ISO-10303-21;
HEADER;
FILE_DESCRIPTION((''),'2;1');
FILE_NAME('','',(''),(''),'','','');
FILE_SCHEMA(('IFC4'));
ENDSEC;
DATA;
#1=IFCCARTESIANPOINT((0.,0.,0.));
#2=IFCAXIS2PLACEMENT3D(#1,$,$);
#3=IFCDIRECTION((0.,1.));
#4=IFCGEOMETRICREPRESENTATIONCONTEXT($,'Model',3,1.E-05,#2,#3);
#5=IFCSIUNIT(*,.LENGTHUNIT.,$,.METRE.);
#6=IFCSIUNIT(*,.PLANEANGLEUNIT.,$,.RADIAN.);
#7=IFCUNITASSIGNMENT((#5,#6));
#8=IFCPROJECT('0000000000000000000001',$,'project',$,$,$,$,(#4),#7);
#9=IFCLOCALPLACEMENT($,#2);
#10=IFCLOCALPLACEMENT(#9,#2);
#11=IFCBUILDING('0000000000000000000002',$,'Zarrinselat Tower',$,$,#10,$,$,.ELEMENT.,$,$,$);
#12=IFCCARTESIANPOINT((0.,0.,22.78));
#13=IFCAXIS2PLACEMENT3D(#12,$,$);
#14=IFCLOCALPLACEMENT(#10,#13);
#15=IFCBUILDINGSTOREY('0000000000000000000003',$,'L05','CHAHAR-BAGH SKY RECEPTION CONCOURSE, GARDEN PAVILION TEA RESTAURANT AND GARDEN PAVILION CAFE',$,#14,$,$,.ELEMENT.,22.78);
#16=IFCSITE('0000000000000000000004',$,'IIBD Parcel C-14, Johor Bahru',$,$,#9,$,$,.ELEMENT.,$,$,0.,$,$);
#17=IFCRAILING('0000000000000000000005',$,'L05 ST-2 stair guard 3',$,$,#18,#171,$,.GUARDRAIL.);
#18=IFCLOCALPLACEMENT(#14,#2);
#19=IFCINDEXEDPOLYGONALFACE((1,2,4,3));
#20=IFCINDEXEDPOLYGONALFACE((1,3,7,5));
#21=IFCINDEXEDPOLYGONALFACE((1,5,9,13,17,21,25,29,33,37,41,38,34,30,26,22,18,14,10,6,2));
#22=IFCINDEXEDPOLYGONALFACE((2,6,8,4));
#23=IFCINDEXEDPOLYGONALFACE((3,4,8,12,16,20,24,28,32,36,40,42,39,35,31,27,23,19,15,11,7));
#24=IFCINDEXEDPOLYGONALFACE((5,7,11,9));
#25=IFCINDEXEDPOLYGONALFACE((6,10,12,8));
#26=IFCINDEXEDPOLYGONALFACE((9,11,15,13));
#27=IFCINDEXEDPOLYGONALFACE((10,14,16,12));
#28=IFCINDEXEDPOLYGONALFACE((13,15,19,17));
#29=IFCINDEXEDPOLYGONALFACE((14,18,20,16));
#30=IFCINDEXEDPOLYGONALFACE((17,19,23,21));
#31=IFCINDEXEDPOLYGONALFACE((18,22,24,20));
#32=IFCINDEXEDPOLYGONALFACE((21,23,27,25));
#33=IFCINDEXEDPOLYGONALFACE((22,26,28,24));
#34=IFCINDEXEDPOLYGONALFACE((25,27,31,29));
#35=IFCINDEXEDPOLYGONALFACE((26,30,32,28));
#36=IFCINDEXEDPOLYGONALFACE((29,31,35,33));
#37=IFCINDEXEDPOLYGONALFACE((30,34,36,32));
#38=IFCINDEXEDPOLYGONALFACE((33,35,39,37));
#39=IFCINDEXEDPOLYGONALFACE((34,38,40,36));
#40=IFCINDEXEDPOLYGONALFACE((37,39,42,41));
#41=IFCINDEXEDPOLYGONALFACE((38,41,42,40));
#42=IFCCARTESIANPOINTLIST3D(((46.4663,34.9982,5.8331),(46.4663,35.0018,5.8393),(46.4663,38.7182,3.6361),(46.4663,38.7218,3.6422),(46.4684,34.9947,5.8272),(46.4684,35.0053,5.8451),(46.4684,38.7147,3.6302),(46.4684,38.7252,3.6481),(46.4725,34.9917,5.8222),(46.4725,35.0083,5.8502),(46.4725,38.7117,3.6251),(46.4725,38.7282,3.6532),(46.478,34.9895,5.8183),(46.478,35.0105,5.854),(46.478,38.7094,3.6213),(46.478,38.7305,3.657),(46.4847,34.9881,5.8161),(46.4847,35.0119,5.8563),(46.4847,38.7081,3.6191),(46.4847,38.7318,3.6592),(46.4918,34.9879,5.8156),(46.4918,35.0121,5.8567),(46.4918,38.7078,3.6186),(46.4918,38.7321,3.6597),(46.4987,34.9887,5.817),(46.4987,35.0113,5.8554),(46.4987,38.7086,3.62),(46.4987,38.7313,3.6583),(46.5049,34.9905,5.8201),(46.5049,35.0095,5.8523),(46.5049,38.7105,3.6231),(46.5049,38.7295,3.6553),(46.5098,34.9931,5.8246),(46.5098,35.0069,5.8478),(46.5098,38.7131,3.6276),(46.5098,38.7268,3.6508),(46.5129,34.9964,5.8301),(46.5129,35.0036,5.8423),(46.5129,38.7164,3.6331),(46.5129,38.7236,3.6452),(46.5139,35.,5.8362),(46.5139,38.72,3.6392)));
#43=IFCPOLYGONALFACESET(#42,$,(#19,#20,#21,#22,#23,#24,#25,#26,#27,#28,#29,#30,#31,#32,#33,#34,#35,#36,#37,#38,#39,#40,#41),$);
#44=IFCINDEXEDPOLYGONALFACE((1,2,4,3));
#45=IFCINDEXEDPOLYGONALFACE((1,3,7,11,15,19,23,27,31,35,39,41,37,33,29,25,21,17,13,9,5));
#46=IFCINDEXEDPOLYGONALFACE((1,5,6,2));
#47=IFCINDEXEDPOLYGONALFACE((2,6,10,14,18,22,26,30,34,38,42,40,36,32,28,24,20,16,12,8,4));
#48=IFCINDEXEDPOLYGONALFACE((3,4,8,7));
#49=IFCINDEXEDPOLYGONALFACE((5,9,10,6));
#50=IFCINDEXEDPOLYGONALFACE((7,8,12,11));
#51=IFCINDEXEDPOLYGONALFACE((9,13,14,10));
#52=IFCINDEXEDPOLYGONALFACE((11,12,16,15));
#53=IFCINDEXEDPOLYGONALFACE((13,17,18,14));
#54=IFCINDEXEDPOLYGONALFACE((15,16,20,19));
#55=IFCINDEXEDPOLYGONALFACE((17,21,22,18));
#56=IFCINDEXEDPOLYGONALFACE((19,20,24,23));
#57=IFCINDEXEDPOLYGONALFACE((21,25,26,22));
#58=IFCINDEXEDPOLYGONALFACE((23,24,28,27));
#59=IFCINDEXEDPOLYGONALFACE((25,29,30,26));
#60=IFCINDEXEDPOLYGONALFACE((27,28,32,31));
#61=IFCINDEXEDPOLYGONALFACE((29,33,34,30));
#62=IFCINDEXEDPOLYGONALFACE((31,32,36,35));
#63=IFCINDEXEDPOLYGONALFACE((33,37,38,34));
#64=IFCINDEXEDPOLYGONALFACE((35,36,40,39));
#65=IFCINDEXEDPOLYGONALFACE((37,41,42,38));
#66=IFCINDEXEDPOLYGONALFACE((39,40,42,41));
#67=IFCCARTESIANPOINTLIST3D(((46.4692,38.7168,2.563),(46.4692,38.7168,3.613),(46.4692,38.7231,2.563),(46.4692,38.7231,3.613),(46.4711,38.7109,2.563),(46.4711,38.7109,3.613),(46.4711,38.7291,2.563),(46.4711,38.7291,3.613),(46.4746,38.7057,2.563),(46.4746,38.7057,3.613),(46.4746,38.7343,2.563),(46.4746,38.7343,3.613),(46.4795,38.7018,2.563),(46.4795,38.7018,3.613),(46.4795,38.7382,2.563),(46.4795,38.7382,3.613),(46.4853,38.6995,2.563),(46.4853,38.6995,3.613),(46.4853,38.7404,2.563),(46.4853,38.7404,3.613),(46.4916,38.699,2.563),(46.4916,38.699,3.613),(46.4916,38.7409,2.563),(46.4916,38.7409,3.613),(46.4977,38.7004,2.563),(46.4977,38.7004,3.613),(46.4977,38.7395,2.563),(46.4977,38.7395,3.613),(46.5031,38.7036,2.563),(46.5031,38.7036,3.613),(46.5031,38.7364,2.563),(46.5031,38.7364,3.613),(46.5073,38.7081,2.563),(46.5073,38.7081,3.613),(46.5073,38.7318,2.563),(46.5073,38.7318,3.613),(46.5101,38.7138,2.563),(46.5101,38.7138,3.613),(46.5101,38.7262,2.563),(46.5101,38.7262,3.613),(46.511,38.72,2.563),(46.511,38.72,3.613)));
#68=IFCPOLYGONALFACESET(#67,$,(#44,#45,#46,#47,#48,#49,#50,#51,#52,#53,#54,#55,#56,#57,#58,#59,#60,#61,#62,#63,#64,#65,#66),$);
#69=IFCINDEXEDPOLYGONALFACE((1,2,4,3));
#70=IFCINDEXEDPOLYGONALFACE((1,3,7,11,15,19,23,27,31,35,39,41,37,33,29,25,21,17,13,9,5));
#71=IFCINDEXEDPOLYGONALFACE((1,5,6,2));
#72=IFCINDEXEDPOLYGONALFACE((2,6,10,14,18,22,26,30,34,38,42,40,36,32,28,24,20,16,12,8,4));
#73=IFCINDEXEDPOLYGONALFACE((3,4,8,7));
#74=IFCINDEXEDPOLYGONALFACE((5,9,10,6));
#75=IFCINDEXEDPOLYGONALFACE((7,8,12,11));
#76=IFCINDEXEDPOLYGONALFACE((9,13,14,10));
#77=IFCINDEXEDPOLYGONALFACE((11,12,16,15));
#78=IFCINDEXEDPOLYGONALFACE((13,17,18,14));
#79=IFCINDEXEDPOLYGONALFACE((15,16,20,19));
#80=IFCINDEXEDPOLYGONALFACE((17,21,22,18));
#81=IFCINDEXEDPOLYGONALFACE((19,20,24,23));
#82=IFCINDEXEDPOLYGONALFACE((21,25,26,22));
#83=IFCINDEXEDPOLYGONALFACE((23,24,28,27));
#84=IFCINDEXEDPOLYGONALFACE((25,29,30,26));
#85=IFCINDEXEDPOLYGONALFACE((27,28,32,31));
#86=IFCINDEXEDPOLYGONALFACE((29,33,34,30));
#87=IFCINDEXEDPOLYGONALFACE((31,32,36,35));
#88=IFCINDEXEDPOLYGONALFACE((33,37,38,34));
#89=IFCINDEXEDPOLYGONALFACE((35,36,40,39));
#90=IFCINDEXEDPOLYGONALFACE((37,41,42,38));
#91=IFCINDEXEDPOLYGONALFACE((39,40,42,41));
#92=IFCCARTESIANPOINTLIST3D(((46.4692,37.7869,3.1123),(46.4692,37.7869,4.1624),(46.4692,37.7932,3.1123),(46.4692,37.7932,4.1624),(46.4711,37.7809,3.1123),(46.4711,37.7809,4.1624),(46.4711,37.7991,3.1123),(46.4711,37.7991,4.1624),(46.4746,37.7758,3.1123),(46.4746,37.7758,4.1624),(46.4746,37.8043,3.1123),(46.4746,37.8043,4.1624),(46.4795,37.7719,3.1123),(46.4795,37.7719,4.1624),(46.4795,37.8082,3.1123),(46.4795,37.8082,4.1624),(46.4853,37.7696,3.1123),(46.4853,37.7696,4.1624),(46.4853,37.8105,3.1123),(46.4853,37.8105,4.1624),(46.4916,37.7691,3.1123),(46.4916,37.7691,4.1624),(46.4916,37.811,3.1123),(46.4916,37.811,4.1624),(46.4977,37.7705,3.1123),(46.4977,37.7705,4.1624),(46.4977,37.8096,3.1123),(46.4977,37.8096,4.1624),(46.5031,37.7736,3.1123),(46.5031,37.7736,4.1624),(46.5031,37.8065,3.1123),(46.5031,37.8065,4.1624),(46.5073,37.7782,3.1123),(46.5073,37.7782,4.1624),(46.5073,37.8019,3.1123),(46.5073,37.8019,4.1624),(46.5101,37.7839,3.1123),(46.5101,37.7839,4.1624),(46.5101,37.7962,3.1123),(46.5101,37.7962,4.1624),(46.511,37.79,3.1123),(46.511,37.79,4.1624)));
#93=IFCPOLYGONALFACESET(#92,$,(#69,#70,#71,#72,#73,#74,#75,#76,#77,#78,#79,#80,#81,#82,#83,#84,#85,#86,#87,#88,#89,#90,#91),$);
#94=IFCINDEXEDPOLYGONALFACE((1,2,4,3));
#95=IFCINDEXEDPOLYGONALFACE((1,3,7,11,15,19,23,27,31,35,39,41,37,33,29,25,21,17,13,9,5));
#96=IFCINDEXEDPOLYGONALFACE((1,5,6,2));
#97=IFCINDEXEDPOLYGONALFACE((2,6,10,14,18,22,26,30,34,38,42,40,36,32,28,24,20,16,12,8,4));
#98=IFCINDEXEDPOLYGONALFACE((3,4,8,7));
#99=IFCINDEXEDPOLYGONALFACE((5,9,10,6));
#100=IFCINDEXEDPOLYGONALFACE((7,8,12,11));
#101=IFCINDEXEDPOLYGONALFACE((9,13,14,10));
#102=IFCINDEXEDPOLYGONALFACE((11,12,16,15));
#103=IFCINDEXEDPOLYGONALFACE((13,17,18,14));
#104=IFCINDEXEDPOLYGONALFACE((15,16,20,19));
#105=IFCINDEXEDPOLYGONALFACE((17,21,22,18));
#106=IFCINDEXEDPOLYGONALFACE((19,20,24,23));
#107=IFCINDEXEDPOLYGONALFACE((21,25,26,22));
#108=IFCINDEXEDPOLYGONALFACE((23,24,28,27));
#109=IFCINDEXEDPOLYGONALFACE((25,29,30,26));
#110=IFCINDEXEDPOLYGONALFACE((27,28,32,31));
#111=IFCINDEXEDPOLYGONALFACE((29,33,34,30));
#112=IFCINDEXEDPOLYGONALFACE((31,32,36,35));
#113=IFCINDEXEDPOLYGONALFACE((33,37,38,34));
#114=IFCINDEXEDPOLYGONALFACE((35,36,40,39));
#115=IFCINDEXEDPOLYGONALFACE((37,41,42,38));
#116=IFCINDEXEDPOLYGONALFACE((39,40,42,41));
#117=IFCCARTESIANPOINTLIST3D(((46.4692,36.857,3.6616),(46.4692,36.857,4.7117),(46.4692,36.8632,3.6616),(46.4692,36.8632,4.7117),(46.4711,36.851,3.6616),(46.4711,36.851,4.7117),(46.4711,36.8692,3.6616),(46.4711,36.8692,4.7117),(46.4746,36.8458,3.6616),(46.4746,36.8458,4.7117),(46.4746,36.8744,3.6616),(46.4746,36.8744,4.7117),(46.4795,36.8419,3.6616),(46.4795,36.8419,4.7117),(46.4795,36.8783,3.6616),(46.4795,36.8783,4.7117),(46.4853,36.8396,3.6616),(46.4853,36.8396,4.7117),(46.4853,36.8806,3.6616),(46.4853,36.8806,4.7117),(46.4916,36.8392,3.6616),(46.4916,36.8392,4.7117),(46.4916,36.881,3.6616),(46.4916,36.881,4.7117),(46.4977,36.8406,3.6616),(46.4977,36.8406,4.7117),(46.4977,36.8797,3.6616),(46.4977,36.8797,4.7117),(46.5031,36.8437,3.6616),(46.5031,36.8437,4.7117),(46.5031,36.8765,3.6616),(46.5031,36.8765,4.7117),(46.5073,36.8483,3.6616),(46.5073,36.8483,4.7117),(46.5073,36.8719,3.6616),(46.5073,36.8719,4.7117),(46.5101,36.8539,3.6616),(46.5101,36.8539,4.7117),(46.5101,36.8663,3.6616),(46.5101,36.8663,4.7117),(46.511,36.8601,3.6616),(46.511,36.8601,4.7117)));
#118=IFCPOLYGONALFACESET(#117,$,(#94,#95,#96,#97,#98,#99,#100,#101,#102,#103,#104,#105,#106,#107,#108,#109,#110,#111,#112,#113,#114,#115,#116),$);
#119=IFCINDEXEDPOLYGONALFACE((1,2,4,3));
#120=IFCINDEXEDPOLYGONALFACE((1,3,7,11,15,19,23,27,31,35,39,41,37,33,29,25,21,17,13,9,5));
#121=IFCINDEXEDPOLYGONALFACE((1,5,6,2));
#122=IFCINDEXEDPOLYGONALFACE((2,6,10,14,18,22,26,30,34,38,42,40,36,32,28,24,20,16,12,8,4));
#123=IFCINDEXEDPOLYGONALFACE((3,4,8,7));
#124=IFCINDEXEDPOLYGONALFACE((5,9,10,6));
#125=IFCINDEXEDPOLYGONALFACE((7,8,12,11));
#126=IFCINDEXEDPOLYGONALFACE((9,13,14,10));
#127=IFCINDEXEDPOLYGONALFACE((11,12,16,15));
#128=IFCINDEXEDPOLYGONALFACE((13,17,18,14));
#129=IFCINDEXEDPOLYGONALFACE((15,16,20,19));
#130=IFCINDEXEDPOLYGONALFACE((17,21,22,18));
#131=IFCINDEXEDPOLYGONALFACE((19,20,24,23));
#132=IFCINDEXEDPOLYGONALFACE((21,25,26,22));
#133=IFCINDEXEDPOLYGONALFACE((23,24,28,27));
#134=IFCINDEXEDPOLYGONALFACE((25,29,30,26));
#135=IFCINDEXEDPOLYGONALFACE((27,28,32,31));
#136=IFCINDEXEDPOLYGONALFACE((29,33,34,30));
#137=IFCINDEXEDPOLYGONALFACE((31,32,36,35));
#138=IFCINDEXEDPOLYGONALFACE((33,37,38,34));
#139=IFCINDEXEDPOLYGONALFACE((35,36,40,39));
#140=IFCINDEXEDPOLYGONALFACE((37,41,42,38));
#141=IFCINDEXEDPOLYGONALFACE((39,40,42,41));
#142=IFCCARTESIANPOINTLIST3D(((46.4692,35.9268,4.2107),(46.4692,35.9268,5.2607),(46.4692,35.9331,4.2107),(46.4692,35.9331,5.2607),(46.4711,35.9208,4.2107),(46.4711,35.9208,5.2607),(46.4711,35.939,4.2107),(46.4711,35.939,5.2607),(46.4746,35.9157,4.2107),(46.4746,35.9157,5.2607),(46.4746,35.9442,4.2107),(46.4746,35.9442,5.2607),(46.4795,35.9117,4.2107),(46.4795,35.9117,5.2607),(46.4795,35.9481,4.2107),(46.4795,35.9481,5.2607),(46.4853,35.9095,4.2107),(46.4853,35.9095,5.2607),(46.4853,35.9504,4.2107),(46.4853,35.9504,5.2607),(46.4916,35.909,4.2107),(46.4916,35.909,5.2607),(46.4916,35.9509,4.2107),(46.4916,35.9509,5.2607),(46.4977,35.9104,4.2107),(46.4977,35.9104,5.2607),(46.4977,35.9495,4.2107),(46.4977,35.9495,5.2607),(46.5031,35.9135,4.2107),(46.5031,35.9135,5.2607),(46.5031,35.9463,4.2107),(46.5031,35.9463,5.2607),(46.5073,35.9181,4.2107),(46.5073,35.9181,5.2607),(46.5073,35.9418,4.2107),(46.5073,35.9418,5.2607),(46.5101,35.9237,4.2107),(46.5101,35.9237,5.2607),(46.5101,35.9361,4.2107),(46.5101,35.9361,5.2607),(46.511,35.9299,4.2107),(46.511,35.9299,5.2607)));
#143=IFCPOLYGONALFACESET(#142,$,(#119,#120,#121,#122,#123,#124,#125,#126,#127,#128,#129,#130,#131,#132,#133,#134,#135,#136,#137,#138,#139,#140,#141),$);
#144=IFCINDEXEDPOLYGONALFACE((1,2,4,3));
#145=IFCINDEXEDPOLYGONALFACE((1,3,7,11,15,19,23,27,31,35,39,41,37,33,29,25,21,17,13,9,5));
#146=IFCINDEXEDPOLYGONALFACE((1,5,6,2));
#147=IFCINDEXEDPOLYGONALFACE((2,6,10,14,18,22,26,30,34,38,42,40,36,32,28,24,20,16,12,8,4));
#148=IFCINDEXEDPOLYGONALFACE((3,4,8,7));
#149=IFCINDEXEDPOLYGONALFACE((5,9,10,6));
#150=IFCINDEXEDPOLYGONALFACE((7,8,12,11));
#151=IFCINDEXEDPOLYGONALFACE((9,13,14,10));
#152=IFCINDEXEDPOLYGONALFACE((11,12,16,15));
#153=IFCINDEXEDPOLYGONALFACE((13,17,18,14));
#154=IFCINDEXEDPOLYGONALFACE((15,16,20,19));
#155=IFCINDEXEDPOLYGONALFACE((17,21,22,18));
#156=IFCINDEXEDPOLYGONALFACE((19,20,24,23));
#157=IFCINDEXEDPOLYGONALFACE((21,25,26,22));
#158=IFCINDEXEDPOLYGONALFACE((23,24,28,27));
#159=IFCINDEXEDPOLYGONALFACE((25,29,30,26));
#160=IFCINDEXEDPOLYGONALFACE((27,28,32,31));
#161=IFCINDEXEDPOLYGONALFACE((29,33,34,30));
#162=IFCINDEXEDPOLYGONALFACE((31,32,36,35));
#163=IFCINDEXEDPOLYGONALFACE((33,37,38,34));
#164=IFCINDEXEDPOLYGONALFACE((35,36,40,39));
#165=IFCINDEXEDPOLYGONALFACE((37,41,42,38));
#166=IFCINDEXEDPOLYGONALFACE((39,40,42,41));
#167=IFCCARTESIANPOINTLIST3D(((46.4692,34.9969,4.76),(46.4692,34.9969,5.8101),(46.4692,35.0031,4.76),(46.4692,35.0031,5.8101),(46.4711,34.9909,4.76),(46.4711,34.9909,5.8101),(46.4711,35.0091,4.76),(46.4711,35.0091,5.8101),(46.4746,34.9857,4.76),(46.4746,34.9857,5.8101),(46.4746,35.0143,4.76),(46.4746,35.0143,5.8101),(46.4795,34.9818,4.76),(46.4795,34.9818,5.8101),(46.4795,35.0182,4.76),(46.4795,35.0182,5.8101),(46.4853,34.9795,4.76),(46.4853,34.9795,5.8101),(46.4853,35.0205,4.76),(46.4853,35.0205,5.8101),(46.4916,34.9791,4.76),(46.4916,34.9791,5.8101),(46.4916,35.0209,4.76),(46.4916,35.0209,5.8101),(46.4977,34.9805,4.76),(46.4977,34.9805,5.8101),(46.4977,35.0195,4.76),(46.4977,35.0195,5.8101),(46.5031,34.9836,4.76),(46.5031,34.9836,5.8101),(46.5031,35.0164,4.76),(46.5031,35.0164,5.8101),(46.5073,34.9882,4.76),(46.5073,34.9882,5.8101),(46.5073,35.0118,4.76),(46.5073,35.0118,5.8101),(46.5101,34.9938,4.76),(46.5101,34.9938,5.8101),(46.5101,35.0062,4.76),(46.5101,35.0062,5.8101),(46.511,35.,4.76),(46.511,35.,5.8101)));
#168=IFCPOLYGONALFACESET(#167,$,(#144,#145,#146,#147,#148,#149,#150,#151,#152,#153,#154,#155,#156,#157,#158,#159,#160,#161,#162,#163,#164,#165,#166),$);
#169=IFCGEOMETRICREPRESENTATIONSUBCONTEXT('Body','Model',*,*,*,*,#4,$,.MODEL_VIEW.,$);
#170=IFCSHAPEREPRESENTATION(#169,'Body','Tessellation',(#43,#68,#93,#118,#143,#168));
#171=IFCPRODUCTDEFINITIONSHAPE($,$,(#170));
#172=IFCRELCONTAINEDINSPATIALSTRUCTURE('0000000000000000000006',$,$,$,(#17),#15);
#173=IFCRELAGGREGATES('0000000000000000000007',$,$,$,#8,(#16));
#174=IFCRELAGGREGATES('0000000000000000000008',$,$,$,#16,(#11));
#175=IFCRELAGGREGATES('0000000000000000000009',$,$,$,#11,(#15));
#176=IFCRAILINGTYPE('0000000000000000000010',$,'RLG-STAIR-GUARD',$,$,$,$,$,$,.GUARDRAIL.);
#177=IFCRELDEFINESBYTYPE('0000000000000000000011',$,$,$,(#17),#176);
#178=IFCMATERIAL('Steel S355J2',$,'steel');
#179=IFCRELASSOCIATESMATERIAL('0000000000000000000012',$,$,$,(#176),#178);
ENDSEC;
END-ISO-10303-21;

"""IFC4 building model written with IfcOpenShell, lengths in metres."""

from ifc_helpers import new_model, si_unit, direction, frame, origin, origin_2d, place, context, subcontext, project, spatial, circle, extrude, material, type_object, element, save


model = new_model("IFC4")

# Units and contexts
model_context = context("Model", 3, precision=1e-05, world=origin(), true_north=direction((0.0, 1.0)))
body_context = subcontext(model_context, "Body", "Model", "MODEL_VIEW")
ifc_project = project(units=[si_unit("LENGTHUNIT", "METRE"), si_unit("PLANEANGLEUNIT", "RADIAN")], contexts=[model_context])

# Site, building, storey
site_placement = place(None, origin())
site = spatial("IfcSite", under=ifc_project, at=site_placement, Name="IIBD Parcel C-14, Johor Bahru", CompositionType="ELEMENT", RefElevation=0.0)
building_placement = place(site_placement, origin())
building = spatial("IfcBuilding", under=site, at=building_placement, Name="Zarrinselat Tower", CompositionType="ELEMENT")
storey_placement = place(building_placement, frame((0.0, 0.0, 22.78)))
storey = spatial("IfcBuildingStorey", under=building, at=storey_placement, Name="L05", Description="CHAHAR-BAGH SKY RECEPTION CONCOURSE, GARDEN PAVILION TEA RESTAURANT AND GARDEN PAVILION CAFE", CompositionType="ELEMENT", Elevation=22.78)

# Railing
ifc_material_1 = material(Name="Steel S355J2", Category="steel")
railing_type_1 = type_object("IfcRailingType", Name="RLG-STAIR-GUARD", PredefinedType="GUARDRAIL", material=ifc_material_1)
railing_1_placement = place(storey_placement, frame((46.49, 38.72, 2.563)))
element("IfcRailing", 1, at=railing_1_placement, inside=storey, type_object=railing_type_1, Name="L05 ST-2 stair guard 3", PredefinedType="GUARDRAIL", context=body_context, shape_type="SweptSolid", body=[
    extrude(circle(Radius=0.0239, at=origin_2d()), frame((0.0, 0.0, 1.0762), z_axis=(0.0, -0.861042, 0.508533), x_axis=(1.0, 0.0, 0.0)), (0.0, 0.0, 1.0), 4.3203),
    extrude(circle(Radius=0.021, at=origin_2d()), origin(), (0.0, 0.0, 1.0), 1.05),
    extrude(circle(Radius=0.021, at=origin_2d()), frame((0.0, -0.9299, 0.5493)), (0.0, 0.0, 1.0), 1.05),
    extrude(circle(Radius=0.021, at=origin_2d()), frame((0.0, -1.8599, 1.0986)), (0.0, 0.0, 1.0), 1.05),
    extrude(circle(Radius=0.021, at=origin_2d()), frame((0.0, -2.79, 1.6477)), (0.0, 0.0, 1.0), 1.05),
    extrude(circle(Radius=0.021, at=origin_2d()), frame((0.0, -3.72, 2.197)), (0.0, 0.0, 1.0), 1.05),
])

save(model, "model.ifc")
